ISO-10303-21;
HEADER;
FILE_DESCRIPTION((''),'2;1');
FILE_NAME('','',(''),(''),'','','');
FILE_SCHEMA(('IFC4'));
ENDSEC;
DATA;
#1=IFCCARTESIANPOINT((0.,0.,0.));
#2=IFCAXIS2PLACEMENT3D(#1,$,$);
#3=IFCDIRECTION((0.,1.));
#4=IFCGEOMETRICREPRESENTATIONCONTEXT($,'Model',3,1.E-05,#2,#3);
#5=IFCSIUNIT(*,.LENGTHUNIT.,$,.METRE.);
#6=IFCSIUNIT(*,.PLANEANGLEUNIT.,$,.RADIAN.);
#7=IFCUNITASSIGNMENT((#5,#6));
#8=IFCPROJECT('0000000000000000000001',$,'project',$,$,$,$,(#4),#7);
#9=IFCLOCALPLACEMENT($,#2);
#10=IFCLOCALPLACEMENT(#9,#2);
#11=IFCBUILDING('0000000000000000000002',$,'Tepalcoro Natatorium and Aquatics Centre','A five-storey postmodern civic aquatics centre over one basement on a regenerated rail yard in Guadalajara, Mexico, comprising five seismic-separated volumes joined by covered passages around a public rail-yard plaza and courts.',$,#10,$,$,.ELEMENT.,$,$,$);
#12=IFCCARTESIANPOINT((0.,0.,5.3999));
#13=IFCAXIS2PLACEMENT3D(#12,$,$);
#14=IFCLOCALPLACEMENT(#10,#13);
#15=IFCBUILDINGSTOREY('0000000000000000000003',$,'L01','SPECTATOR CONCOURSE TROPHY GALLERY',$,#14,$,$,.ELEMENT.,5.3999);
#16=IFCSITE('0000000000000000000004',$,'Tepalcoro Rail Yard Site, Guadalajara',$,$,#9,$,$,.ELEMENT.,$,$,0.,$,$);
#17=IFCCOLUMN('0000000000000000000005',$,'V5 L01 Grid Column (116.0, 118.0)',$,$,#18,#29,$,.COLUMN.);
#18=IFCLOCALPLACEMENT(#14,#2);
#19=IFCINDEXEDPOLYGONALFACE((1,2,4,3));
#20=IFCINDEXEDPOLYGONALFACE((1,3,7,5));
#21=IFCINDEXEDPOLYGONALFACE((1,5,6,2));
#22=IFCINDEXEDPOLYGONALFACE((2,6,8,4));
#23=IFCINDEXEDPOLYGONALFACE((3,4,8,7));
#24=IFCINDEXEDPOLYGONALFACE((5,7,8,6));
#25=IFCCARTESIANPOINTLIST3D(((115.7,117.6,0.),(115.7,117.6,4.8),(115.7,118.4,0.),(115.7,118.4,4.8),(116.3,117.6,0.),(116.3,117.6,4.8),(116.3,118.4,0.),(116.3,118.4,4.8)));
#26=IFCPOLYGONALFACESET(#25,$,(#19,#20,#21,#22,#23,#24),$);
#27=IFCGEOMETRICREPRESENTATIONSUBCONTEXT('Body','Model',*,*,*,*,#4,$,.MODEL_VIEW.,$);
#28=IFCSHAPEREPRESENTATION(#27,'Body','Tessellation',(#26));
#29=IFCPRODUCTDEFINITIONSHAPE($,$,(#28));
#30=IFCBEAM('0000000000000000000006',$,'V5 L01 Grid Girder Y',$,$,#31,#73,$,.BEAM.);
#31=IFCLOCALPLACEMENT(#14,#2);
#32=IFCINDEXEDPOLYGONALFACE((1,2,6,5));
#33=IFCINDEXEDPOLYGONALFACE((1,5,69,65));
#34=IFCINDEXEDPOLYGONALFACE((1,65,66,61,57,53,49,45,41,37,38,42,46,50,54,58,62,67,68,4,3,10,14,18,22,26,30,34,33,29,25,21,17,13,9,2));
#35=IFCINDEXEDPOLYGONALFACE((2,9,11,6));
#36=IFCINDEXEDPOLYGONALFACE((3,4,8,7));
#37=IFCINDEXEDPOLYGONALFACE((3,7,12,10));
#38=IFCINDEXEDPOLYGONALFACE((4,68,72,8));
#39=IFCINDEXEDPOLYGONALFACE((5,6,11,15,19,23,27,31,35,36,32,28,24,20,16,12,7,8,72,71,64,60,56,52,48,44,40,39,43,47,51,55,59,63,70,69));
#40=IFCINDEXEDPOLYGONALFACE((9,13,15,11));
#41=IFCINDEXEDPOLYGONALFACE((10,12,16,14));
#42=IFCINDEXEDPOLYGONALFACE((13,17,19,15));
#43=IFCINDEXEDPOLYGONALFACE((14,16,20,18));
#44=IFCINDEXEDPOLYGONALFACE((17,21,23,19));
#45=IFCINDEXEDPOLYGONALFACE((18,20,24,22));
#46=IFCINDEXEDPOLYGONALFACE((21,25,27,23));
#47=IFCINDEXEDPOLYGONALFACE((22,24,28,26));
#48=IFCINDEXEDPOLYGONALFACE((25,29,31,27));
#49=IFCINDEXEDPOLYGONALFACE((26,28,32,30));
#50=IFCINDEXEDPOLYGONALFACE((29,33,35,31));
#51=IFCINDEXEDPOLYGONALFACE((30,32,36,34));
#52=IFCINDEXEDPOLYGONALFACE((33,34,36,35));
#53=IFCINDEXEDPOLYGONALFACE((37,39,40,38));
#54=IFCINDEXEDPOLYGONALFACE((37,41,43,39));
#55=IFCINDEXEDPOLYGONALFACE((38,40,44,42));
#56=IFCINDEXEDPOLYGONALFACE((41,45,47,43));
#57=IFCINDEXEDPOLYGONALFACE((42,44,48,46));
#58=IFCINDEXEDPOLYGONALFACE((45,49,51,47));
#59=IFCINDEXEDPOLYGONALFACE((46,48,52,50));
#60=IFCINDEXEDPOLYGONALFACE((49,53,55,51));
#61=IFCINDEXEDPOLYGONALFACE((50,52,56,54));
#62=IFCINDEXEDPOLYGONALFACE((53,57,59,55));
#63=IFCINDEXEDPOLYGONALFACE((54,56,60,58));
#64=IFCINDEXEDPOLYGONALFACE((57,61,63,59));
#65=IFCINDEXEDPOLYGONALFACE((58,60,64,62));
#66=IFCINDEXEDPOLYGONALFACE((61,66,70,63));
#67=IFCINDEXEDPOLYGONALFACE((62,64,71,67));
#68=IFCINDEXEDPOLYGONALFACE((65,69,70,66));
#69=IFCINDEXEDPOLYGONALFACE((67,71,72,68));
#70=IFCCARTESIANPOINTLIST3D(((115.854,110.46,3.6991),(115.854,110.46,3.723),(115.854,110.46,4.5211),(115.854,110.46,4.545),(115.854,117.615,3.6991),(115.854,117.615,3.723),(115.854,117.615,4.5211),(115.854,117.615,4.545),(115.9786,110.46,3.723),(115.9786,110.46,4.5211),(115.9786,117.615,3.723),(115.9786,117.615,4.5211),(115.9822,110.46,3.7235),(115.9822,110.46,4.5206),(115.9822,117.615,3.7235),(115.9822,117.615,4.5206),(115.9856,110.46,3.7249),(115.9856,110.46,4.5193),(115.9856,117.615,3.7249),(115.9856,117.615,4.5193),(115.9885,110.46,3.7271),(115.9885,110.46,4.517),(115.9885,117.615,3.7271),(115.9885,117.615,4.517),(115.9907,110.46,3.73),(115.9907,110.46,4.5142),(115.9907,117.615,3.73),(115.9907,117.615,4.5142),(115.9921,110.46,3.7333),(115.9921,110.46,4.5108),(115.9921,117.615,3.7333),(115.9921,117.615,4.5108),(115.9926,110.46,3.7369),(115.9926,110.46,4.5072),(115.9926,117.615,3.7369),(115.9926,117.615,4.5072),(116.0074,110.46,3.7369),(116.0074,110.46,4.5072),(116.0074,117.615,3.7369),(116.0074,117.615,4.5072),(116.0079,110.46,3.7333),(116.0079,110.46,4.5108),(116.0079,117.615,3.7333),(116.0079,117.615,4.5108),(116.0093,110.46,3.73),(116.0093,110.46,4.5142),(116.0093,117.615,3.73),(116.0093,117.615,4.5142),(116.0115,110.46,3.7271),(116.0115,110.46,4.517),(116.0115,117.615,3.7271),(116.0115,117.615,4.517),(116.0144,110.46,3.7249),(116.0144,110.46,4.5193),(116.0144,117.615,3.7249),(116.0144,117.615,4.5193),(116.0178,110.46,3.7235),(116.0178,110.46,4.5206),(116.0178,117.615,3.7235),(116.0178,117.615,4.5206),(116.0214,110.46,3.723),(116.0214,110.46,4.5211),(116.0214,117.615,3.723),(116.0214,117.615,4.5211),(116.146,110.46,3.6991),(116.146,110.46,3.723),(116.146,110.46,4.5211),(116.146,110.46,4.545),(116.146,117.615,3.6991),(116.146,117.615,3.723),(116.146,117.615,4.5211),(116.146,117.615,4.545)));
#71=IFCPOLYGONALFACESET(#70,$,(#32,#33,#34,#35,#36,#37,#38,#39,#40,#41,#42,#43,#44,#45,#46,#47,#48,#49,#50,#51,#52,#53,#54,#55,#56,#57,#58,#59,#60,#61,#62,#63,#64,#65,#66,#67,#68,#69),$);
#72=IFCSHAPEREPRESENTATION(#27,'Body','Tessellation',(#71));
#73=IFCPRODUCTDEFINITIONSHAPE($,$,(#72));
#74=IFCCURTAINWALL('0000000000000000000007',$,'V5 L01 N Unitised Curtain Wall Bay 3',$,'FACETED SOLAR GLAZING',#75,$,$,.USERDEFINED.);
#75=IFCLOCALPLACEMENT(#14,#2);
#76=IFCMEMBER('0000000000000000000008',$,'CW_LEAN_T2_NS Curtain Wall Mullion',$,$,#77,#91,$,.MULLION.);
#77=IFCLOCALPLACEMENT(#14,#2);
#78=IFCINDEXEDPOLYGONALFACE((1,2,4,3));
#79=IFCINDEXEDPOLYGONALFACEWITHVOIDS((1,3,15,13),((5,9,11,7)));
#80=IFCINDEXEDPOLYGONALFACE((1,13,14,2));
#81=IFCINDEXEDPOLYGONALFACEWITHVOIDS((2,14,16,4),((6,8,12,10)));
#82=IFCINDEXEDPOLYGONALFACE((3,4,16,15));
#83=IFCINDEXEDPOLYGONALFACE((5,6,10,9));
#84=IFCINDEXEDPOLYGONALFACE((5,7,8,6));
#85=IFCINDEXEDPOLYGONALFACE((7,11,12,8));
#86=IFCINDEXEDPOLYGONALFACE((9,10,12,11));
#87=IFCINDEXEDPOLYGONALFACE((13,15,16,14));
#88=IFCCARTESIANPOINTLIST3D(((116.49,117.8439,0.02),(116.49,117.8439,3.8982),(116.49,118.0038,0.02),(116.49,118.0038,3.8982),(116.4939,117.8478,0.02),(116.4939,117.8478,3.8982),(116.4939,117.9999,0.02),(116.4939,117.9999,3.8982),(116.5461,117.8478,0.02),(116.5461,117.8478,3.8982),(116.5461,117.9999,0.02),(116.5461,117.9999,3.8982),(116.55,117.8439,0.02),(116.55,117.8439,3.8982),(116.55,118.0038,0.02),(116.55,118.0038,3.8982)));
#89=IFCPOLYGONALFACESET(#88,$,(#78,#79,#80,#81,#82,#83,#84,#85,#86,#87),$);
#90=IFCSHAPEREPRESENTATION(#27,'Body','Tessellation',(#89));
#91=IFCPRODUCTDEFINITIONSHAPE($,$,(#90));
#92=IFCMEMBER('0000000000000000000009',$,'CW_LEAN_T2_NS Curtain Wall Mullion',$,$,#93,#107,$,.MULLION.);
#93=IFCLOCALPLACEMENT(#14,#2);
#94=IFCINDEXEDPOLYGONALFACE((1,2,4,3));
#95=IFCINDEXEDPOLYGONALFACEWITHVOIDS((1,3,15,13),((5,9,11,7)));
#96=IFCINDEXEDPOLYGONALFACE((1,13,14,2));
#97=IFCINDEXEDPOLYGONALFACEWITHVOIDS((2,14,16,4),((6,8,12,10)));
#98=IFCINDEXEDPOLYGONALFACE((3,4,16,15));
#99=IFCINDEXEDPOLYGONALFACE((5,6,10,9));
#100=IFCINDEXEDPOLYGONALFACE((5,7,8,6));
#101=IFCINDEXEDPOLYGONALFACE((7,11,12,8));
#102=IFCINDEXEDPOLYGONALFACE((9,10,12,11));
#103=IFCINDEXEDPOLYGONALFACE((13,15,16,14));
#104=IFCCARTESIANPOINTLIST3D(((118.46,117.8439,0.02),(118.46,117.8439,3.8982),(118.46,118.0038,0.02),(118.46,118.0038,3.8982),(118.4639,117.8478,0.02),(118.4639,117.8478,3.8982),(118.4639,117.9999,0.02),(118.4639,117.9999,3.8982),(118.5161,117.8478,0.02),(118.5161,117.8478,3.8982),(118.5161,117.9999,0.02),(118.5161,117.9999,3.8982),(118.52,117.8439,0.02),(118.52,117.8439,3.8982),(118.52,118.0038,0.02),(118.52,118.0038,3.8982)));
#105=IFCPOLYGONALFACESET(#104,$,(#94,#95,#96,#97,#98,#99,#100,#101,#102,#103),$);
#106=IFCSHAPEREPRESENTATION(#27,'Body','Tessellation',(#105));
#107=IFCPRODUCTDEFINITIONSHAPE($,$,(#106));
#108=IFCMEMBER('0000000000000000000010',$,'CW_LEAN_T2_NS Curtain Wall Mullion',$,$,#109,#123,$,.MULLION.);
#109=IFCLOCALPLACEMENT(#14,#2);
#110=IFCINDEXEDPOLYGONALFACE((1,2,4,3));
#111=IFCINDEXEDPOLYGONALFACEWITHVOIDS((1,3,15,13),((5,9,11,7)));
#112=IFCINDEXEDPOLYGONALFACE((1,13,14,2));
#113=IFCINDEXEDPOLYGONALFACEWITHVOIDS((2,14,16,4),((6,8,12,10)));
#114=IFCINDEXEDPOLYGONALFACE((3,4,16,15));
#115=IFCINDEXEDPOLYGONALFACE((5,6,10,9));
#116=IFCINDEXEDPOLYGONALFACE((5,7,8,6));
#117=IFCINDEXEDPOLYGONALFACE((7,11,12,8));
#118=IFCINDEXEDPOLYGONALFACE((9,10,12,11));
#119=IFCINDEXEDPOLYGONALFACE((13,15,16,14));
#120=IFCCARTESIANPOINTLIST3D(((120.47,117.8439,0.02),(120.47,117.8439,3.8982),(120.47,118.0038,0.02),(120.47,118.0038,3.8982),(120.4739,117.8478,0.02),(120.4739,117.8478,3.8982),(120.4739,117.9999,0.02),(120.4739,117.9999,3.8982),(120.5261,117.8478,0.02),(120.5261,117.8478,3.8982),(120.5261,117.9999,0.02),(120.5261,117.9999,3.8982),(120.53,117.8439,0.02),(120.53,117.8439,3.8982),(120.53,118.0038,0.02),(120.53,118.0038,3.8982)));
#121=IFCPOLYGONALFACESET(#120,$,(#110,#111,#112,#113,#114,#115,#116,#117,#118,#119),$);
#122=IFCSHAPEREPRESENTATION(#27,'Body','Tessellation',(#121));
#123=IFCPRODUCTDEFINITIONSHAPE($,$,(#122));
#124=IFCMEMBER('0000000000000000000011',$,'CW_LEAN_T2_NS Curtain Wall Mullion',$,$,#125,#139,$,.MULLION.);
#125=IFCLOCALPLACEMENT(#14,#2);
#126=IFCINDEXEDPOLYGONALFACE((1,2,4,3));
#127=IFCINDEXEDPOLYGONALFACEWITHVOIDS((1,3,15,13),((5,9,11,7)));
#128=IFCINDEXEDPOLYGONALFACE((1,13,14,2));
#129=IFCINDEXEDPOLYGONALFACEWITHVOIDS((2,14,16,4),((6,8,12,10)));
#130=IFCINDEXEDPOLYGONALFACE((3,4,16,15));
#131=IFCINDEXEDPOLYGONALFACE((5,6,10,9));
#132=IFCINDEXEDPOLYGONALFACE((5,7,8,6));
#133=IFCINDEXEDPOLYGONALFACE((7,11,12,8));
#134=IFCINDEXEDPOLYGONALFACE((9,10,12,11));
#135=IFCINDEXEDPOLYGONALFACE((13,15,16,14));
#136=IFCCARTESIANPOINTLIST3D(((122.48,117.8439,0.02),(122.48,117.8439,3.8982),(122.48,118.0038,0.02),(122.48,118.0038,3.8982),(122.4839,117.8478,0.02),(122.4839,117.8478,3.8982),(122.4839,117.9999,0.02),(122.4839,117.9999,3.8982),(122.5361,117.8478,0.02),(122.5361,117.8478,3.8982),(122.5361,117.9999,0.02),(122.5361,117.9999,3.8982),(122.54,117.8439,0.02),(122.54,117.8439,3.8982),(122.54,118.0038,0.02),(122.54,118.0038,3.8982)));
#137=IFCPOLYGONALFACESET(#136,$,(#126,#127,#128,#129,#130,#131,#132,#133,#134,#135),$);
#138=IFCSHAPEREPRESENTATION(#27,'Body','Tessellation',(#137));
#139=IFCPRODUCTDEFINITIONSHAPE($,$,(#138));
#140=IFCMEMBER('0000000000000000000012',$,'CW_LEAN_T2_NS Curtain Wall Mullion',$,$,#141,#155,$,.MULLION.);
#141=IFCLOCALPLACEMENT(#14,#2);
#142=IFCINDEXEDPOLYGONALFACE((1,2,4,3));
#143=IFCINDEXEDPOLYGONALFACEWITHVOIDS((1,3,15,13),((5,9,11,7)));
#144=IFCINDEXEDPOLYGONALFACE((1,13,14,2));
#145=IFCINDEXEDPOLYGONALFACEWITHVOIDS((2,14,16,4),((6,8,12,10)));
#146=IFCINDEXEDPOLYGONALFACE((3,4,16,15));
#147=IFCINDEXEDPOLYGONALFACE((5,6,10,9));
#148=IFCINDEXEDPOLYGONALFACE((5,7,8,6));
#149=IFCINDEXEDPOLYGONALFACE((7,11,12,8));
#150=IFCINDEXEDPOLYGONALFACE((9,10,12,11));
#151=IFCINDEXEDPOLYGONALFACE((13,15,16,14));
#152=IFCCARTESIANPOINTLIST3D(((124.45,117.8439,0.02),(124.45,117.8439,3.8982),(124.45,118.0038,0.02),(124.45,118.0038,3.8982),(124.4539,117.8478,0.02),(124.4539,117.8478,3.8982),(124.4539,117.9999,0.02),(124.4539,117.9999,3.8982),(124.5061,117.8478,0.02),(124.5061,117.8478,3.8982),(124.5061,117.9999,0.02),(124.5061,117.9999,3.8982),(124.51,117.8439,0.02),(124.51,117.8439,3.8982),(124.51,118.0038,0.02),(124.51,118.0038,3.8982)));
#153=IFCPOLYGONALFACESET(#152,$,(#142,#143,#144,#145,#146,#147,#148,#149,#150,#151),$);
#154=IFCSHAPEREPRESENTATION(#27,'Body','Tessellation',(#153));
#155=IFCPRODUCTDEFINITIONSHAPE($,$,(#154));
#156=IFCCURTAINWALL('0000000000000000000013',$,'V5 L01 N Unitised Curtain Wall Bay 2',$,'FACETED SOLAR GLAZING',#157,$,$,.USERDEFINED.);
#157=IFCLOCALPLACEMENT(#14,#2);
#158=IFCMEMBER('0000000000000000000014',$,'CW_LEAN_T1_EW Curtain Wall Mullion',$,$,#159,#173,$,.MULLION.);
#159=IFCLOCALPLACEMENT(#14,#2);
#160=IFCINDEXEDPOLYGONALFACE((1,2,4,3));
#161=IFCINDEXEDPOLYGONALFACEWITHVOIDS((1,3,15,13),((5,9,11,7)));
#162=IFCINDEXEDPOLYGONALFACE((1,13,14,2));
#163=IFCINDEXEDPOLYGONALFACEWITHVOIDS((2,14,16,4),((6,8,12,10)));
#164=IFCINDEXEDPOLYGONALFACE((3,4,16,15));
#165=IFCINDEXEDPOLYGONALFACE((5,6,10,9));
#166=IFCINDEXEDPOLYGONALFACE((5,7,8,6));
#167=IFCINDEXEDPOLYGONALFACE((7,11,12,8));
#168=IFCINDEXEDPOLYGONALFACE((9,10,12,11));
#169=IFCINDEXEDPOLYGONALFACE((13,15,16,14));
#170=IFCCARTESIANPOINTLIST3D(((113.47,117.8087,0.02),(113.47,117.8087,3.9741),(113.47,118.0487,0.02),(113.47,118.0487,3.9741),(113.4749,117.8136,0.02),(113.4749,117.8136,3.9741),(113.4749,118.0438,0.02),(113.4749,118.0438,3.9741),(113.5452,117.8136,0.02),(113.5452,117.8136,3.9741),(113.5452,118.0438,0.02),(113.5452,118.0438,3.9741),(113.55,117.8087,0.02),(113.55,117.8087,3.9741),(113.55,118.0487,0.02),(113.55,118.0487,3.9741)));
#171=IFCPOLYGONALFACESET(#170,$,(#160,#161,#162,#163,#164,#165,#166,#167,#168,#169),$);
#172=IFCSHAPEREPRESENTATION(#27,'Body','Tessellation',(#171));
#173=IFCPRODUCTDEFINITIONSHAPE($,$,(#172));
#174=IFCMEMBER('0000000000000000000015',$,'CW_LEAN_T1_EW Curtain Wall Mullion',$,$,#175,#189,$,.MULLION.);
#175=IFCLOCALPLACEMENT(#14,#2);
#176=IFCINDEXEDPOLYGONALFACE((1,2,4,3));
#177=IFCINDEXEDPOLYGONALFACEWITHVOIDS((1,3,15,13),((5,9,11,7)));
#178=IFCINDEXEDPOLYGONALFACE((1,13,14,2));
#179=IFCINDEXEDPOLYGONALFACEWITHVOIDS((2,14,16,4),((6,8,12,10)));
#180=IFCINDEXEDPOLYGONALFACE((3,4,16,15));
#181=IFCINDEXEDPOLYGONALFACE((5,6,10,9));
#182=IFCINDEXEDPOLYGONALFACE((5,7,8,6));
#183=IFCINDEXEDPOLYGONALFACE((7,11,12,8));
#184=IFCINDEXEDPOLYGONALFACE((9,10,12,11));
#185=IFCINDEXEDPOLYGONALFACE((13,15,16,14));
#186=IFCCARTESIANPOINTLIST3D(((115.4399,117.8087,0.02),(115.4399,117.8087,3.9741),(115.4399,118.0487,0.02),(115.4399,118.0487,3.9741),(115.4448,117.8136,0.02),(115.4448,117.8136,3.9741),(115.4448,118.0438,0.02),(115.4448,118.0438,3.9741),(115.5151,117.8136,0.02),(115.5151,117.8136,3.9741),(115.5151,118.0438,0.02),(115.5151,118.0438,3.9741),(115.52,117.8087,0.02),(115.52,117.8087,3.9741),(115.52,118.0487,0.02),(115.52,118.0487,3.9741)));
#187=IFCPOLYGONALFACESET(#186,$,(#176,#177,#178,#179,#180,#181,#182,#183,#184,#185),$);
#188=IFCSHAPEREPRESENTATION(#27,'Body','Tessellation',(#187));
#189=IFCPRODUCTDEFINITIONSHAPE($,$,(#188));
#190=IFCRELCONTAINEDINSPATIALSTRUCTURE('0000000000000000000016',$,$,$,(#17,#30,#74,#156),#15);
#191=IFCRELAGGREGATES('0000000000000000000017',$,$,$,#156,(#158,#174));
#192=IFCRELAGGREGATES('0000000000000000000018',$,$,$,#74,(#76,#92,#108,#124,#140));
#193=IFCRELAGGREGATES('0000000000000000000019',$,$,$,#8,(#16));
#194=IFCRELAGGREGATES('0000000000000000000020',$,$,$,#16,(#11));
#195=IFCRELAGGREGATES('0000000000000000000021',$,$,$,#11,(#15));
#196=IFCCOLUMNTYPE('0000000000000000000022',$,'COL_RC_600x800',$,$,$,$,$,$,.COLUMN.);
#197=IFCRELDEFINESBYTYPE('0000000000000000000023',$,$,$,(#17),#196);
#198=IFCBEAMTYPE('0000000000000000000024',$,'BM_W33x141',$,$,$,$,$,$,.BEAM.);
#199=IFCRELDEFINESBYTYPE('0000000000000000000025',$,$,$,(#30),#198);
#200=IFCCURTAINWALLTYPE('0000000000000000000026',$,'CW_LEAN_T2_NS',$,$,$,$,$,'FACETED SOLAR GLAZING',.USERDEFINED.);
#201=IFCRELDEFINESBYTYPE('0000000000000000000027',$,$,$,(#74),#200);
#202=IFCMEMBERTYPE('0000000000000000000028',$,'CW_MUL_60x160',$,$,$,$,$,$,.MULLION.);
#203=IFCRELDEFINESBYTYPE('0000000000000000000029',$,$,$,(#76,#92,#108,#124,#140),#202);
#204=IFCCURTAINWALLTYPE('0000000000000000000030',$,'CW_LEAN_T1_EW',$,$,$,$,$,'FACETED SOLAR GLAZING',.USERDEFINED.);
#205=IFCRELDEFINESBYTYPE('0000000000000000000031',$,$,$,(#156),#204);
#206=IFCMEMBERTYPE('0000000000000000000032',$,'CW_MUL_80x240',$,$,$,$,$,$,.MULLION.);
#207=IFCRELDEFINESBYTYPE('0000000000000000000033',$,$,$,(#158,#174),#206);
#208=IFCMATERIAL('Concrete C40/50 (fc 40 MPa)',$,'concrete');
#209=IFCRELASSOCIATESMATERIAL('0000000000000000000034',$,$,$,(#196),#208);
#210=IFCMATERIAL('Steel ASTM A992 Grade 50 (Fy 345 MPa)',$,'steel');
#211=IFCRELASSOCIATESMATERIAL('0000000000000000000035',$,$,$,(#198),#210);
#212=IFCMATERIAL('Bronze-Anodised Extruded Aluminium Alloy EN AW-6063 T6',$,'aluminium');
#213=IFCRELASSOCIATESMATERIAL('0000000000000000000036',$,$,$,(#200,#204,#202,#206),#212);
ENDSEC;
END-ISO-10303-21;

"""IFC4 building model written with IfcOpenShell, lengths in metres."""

from ifc_helpers import new_model, si_unit, direction, frame, origin, origin_2d, place, context, subcontext, project, spatial, rectangle, hollow_rectangle, i_section, extrude, material, material_profile, profile_set, type_object, element, aggregate, save


model = new_model("IFC4")

# Units and contexts
model_context = context("Model", 3, precision=1e-05, world=origin(), true_north=direction((0.0, 1.0)))
body_context = subcontext(model_context, "Body", "Model", "MODEL_VIEW")
ifc_project = project(units=[si_unit("LENGTHUNIT", "METRE"), si_unit("PLANEANGLEUNIT", "RADIAN")], contexts=[model_context])

# Site, building, storey
site_placement = place(None, origin())
site = spatial("IfcSite", under=ifc_project, at=site_placement, Name="Tepalcoro Rail Yard Site, Guadalajara", CompositionType="ELEMENT", RefElevation=0.0)
building_placement = place(site_placement, origin())
building = spatial("IfcBuilding", under=site, at=building_placement, Name="Tepalcoro Natatorium and Aquatics Centre", Description="A five-storey postmodern civic aquatics centre over one basement on a regenerated rail yard in Guadalajara, Mexico, comprising five seismic-separated volumes joined by covered passages around a public rail-yard plaza and courts.", CompositionType="ELEMENT")
storey_placement = place(building_placement, frame((0.0, 0.0, 5.3999)))
storey = spatial("IfcBuildingStorey", under=building, at=storey_placement, Name="L01", Description="SPECTATOR CONCOURSE TROPHY GALLERY", CompositionType="ELEMENT", Elevation=5.3999)

# Column
ifc_material_1 = material(Name="Concrete C40/50 (fc 40 MPa)", Category="concrete")
ifc_material_profile_1 = material_profile(ifc_material_1, rectangle(XDim=0.6001, YDim=0.8, at=origin_2d()), Name="RC600x800")
ifc_profile_set_1 = profile_set([ifc_material_profile_1], Name="Concrete C40/50 (fc 40 MPa)")
column_type = type_object("IfcColumnType", Name="COL_RC_600x800", PredefinedType="COLUMN", material=ifc_profile_set_1)
column_placement = place(storey_placement, frame((116.0, 118.0, 0.0), z_axis=(0.0, 0.0, 1.0), x_axis=(1.0, 0.0, 0.0)))
element("IfcColumn", 1, at=column_placement, inside=storey, type_object=column_type, Name="V5 L01 Grid Column (116.0, 118.0)", PredefinedType="COLUMN", context=body_context, shape_type="SweptSolid", body=[
    extrude(rectangle(XDim=0.6001, YDim=0.8, at=origin_2d()), origin(), (0.0, 0.0, 1.0), 4.8),
])

# Beam
ifc_material_2 = material(Name="Steel ASTM A992 Grade 50 (Fy 345 MPa)", Category="steel")
ifc_material_profile_2 = material_profile(ifc_material_2, i_section(OverallWidth=0.292, OverallDepth=0.8459, WebThickness=0.0149, FlangeThickness=0.0239, FilletRadius=0.0139, at=origin_2d()), Name="W33X141")
ifc_profile_set_2 = profile_set([ifc_material_profile_2], Name="Steel ASTM A992 Grade 50 (Fy 345 MPa)")
beam_type_1 = type_object("IfcBeamType", Name="BM_W33x141", PredefinedType="BEAM", material=ifc_profile_set_2)
beam_1_placement = place(storey_placement, frame((116.0, 110.46, 4.1221), z_axis=(0.0, 1.0, 0.0), x_axis=(-1.0, 0.0, 0.0)))
element("IfcBeam", 2, at=beam_1_placement, inside=storey, type_object=beam_type_1, Name="V5 L01 Grid Girder Y", PredefinedType="BEAM", context=body_context, shape_type="SweptSolid", body=[
    extrude(i_section(OverallWidth=0.292, OverallDepth=0.8459, WebThickness=0.0149, FlangeThickness=0.0239, FilletRadius=0.0139, at=origin_2d()), origin(), (0.0, 0.0, 1.0), 7.155),
])

# Curtain walls, members
ifc_material_3 = material(Name="Bronze-Anodised Extruded Aluminium Alloy EN AW-6063 T6", Category="aluminium")
curtain_wall_type_1 = type_object("IfcCurtainWallType", Name="CW_LEAN_T2_NS", ElementType="FACETED SOLAR GLAZING", PredefinedType="USERDEFINED", material=ifc_material_3)
curtain_wall_1_placement = place(storey_placement, origin())
curtain_wall_1 = element("IfcCurtainWall", 3, at=curtain_wall_1_placement, inside=storey, type_object=curtain_wall_type_1, Name="V5 L01 N Unitised Curtain Wall Bay 3", ObjectType="FACETED SOLAR GLAZING", PredefinedType="USERDEFINED")
ifc_material_profile_3 = material_profile(ifc_material_3, hollow_rectangle(XDim=0.0601, YDim=0.1599, WallThickness=0.0039, at=origin_2d()), Name="AL60X160X4")
ifc_profile_set_3 = profile_set([ifc_material_profile_3], Name="Bronze-Anodised Extruded Aluminium Alloy EN AW-6063 T6")
member_type_1 = type_object("IfcMemberType", Name="CW_MUL_60x160", PredefinedType="MULLION", material=ifc_profile_set_3)
member_1_placement = place(storey_placement, frame((116.52, 117.9238, 0.02), z_axis=(0.0, 0.0, 1.0), x_axis=(1.0, 0.0, 0.0)))
member_1 = element("IfcMember", 4, at=member_1_placement, type_object=member_type_1, Name="CW_LEAN_T2_NS Curtain Wall Mullion", PredefinedType="MULLION", context=body_context, shape_type="SweptSolid", body=[
    extrude(hollow_rectangle(XDim=0.0601, YDim=0.1599, WallThickness=0.0039, at=origin_2d()), origin(), (0.0, 0.0, 1.0), 3.8782),
])
member_2_placement = place(storey_placement, frame((118.49, 117.9238, 0.02), z_axis=(0.0, 0.0, 1.0), x_axis=(1.0, 0.0, 0.0)))
member_2 = element("IfcMember", 5, at=member_2_placement, type_object=member_type_1, Name="CW_LEAN_T2_NS Curtain Wall Mullion", PredefinedType="MULLION", context=body_context, shape_type="SweptSolid", body=[
    extrude(hollow_rectangle(XDim=0.0601, YDim=0.1599, WallThickness=0.0039, at=origin_2d()), origin(), (0.0, 0.0, 1.0), 3.8782),
])
member_3_placement = place(storey_placement, frame((120.5, 117.9238, 0.02), z_axis=(0.0, 0.0, 1.0), x_axis=(1.0, 0.0, 0.0)))
member_3 = element("IfcMember", 6, at=member_3_placement, type_object=member_type_1, Name="CW_LEAN_T2_NS Curtain Wall Mullion", PredefinedType="MULLION", context=body_context, shape_type="SweptSolid", body=[
    extrude(hollow_rectangle(XDim=0.0601, YDim=0.1599, WallThickness=0.0039, at=origin_2d()), origin(), (0.0, 0.0, 1.0), 3.8782),
])
member_4_placement = place(storey_placement, frame((122.51, 117.9238, 0.02), z_axis=(0.0, 0.0, 1.0), x_axis=(1.0, 0.0, 0.0)))
member_4 = element("IfcMember", 7, at=member_4_placement, type_object=member_type_1, Name="CW_LEAN_T2_NS Curtain Wall Mullion", PredefinedType="MULLION", context=body_context, shape_type="SweptSolid", body=[
    extrude(hollow_rectangle(XDim=0.0601, YDim=0.1599, WallThickness=0.0039, at=origin_2d()), origin(), (0.0, 0.0, 1.0), 3.8782),
])
member_5_placement = place(storey_placement, frame((124.48, 117.9238, 0.02), z_axis=(0.0, 0.0, 1.0), x_axis=(1.0, 0.0, 0.0)))
member_5 = element("IfcMember", 8, at=member_5_placement, type_object=member_type_1, Name="CW_LEAN_T2_NS Curtain Wall Mullion", PredefinedType="MULLION", context=body_context, shape_type="SweptSolid", body=[
    extrude(hollow_rectangle(XDim=0.0601, YDim=0.1599, WallThickness=0.0039, at=origin_2d()), origin(), (0.0, 0.0, 1.0), 3.8782),
])
curtain_wall_type_2 = type_object("IfcCurtainWallType", Name="CW_LEAN_T1_EW", ElementType="FACETED SOLAR GLAZING", PredefinedType="USERDEFINED", material=ifc_material_3)
curtain_wall_2_placement = place(storey_placement, origin())
curtain_wall_2 = element("IfcCurtainWall", 9, at=curtain_wall_2_placement, inside=storey, type_object=curtain_wall_type_2, Name="V5 L01 N Unitised Curtain Wall Bay 2", ObjectType="FACETED SOLAR GLAZING", PredefinedType="USERDEFINED")
ifc_material_profile_4 = material_profile(ifc_material_3, hollow_rectangle(XDim=0.0801, YDim=0.24, WallThickness=0.0049, at=origin_2d()), Name="AL80X240X5")
ifc_profile_set_4 = profile_set([ifc_material_profile_4], Name="Bronze-Anodised Extruded Aluminium Alloy EN AW-6063 T6")
member_type_2 = type_object("IfcMemberType", Name="CW_MUL_80x240", PredefinedType="MULLION", material=ifc_profile_set_4)
member_6_placement = place(storey_placement, frame((113.51, 117.9287, 0.02), z_axis=(0.0, 0.0, 1.0), x_axis=(1.0, 0.0, 0.0)))
member_6 = element("IfcMember", 10, at=member_6_placement, type_object=member_type_2, Name="CW_LEAN_T1_EW Curtain Wall Mullion", PredefinedType="MULLION", context=body_context, shape_type="SweptSolid", body=[
    extrude(hollow_rectangle(XDim=0.0801, YDim=0.24, WallThickness=0.0049, at=origin_2d()), origin(), (0.0, 0.0, 1.0), 3.9541),
])
member_7_placement = place(storey_placement, frame((115.48, 117.9287, 0.02), z_axis=(0.0, 0.0, 1.0), x_axis=(1.0, 0.0, 0.0)))
member_7 = element("IfcMember", 11, at=member_7_placement, type_object=member_type_2, Name="CW_LEAN_T1_EW Curtain Wall Mullion", PredefinedType="MULLION", context=body_context, shape_type="SweptSolid", body=[
    extrude(hollow_rectangle(XDim=0.0801, YDim=0.24, WallThickness=0.0049, at=origin_2d()), origin(), (0.0, 0.0, 1.0), 3.9541),
])

aggregate(curtain_wall_2, [member_6, member_7])
aggregate(curtain_wall_1, [member_1, member_2, member_3, member_4, member_5])

save(model, "model.ifc")
